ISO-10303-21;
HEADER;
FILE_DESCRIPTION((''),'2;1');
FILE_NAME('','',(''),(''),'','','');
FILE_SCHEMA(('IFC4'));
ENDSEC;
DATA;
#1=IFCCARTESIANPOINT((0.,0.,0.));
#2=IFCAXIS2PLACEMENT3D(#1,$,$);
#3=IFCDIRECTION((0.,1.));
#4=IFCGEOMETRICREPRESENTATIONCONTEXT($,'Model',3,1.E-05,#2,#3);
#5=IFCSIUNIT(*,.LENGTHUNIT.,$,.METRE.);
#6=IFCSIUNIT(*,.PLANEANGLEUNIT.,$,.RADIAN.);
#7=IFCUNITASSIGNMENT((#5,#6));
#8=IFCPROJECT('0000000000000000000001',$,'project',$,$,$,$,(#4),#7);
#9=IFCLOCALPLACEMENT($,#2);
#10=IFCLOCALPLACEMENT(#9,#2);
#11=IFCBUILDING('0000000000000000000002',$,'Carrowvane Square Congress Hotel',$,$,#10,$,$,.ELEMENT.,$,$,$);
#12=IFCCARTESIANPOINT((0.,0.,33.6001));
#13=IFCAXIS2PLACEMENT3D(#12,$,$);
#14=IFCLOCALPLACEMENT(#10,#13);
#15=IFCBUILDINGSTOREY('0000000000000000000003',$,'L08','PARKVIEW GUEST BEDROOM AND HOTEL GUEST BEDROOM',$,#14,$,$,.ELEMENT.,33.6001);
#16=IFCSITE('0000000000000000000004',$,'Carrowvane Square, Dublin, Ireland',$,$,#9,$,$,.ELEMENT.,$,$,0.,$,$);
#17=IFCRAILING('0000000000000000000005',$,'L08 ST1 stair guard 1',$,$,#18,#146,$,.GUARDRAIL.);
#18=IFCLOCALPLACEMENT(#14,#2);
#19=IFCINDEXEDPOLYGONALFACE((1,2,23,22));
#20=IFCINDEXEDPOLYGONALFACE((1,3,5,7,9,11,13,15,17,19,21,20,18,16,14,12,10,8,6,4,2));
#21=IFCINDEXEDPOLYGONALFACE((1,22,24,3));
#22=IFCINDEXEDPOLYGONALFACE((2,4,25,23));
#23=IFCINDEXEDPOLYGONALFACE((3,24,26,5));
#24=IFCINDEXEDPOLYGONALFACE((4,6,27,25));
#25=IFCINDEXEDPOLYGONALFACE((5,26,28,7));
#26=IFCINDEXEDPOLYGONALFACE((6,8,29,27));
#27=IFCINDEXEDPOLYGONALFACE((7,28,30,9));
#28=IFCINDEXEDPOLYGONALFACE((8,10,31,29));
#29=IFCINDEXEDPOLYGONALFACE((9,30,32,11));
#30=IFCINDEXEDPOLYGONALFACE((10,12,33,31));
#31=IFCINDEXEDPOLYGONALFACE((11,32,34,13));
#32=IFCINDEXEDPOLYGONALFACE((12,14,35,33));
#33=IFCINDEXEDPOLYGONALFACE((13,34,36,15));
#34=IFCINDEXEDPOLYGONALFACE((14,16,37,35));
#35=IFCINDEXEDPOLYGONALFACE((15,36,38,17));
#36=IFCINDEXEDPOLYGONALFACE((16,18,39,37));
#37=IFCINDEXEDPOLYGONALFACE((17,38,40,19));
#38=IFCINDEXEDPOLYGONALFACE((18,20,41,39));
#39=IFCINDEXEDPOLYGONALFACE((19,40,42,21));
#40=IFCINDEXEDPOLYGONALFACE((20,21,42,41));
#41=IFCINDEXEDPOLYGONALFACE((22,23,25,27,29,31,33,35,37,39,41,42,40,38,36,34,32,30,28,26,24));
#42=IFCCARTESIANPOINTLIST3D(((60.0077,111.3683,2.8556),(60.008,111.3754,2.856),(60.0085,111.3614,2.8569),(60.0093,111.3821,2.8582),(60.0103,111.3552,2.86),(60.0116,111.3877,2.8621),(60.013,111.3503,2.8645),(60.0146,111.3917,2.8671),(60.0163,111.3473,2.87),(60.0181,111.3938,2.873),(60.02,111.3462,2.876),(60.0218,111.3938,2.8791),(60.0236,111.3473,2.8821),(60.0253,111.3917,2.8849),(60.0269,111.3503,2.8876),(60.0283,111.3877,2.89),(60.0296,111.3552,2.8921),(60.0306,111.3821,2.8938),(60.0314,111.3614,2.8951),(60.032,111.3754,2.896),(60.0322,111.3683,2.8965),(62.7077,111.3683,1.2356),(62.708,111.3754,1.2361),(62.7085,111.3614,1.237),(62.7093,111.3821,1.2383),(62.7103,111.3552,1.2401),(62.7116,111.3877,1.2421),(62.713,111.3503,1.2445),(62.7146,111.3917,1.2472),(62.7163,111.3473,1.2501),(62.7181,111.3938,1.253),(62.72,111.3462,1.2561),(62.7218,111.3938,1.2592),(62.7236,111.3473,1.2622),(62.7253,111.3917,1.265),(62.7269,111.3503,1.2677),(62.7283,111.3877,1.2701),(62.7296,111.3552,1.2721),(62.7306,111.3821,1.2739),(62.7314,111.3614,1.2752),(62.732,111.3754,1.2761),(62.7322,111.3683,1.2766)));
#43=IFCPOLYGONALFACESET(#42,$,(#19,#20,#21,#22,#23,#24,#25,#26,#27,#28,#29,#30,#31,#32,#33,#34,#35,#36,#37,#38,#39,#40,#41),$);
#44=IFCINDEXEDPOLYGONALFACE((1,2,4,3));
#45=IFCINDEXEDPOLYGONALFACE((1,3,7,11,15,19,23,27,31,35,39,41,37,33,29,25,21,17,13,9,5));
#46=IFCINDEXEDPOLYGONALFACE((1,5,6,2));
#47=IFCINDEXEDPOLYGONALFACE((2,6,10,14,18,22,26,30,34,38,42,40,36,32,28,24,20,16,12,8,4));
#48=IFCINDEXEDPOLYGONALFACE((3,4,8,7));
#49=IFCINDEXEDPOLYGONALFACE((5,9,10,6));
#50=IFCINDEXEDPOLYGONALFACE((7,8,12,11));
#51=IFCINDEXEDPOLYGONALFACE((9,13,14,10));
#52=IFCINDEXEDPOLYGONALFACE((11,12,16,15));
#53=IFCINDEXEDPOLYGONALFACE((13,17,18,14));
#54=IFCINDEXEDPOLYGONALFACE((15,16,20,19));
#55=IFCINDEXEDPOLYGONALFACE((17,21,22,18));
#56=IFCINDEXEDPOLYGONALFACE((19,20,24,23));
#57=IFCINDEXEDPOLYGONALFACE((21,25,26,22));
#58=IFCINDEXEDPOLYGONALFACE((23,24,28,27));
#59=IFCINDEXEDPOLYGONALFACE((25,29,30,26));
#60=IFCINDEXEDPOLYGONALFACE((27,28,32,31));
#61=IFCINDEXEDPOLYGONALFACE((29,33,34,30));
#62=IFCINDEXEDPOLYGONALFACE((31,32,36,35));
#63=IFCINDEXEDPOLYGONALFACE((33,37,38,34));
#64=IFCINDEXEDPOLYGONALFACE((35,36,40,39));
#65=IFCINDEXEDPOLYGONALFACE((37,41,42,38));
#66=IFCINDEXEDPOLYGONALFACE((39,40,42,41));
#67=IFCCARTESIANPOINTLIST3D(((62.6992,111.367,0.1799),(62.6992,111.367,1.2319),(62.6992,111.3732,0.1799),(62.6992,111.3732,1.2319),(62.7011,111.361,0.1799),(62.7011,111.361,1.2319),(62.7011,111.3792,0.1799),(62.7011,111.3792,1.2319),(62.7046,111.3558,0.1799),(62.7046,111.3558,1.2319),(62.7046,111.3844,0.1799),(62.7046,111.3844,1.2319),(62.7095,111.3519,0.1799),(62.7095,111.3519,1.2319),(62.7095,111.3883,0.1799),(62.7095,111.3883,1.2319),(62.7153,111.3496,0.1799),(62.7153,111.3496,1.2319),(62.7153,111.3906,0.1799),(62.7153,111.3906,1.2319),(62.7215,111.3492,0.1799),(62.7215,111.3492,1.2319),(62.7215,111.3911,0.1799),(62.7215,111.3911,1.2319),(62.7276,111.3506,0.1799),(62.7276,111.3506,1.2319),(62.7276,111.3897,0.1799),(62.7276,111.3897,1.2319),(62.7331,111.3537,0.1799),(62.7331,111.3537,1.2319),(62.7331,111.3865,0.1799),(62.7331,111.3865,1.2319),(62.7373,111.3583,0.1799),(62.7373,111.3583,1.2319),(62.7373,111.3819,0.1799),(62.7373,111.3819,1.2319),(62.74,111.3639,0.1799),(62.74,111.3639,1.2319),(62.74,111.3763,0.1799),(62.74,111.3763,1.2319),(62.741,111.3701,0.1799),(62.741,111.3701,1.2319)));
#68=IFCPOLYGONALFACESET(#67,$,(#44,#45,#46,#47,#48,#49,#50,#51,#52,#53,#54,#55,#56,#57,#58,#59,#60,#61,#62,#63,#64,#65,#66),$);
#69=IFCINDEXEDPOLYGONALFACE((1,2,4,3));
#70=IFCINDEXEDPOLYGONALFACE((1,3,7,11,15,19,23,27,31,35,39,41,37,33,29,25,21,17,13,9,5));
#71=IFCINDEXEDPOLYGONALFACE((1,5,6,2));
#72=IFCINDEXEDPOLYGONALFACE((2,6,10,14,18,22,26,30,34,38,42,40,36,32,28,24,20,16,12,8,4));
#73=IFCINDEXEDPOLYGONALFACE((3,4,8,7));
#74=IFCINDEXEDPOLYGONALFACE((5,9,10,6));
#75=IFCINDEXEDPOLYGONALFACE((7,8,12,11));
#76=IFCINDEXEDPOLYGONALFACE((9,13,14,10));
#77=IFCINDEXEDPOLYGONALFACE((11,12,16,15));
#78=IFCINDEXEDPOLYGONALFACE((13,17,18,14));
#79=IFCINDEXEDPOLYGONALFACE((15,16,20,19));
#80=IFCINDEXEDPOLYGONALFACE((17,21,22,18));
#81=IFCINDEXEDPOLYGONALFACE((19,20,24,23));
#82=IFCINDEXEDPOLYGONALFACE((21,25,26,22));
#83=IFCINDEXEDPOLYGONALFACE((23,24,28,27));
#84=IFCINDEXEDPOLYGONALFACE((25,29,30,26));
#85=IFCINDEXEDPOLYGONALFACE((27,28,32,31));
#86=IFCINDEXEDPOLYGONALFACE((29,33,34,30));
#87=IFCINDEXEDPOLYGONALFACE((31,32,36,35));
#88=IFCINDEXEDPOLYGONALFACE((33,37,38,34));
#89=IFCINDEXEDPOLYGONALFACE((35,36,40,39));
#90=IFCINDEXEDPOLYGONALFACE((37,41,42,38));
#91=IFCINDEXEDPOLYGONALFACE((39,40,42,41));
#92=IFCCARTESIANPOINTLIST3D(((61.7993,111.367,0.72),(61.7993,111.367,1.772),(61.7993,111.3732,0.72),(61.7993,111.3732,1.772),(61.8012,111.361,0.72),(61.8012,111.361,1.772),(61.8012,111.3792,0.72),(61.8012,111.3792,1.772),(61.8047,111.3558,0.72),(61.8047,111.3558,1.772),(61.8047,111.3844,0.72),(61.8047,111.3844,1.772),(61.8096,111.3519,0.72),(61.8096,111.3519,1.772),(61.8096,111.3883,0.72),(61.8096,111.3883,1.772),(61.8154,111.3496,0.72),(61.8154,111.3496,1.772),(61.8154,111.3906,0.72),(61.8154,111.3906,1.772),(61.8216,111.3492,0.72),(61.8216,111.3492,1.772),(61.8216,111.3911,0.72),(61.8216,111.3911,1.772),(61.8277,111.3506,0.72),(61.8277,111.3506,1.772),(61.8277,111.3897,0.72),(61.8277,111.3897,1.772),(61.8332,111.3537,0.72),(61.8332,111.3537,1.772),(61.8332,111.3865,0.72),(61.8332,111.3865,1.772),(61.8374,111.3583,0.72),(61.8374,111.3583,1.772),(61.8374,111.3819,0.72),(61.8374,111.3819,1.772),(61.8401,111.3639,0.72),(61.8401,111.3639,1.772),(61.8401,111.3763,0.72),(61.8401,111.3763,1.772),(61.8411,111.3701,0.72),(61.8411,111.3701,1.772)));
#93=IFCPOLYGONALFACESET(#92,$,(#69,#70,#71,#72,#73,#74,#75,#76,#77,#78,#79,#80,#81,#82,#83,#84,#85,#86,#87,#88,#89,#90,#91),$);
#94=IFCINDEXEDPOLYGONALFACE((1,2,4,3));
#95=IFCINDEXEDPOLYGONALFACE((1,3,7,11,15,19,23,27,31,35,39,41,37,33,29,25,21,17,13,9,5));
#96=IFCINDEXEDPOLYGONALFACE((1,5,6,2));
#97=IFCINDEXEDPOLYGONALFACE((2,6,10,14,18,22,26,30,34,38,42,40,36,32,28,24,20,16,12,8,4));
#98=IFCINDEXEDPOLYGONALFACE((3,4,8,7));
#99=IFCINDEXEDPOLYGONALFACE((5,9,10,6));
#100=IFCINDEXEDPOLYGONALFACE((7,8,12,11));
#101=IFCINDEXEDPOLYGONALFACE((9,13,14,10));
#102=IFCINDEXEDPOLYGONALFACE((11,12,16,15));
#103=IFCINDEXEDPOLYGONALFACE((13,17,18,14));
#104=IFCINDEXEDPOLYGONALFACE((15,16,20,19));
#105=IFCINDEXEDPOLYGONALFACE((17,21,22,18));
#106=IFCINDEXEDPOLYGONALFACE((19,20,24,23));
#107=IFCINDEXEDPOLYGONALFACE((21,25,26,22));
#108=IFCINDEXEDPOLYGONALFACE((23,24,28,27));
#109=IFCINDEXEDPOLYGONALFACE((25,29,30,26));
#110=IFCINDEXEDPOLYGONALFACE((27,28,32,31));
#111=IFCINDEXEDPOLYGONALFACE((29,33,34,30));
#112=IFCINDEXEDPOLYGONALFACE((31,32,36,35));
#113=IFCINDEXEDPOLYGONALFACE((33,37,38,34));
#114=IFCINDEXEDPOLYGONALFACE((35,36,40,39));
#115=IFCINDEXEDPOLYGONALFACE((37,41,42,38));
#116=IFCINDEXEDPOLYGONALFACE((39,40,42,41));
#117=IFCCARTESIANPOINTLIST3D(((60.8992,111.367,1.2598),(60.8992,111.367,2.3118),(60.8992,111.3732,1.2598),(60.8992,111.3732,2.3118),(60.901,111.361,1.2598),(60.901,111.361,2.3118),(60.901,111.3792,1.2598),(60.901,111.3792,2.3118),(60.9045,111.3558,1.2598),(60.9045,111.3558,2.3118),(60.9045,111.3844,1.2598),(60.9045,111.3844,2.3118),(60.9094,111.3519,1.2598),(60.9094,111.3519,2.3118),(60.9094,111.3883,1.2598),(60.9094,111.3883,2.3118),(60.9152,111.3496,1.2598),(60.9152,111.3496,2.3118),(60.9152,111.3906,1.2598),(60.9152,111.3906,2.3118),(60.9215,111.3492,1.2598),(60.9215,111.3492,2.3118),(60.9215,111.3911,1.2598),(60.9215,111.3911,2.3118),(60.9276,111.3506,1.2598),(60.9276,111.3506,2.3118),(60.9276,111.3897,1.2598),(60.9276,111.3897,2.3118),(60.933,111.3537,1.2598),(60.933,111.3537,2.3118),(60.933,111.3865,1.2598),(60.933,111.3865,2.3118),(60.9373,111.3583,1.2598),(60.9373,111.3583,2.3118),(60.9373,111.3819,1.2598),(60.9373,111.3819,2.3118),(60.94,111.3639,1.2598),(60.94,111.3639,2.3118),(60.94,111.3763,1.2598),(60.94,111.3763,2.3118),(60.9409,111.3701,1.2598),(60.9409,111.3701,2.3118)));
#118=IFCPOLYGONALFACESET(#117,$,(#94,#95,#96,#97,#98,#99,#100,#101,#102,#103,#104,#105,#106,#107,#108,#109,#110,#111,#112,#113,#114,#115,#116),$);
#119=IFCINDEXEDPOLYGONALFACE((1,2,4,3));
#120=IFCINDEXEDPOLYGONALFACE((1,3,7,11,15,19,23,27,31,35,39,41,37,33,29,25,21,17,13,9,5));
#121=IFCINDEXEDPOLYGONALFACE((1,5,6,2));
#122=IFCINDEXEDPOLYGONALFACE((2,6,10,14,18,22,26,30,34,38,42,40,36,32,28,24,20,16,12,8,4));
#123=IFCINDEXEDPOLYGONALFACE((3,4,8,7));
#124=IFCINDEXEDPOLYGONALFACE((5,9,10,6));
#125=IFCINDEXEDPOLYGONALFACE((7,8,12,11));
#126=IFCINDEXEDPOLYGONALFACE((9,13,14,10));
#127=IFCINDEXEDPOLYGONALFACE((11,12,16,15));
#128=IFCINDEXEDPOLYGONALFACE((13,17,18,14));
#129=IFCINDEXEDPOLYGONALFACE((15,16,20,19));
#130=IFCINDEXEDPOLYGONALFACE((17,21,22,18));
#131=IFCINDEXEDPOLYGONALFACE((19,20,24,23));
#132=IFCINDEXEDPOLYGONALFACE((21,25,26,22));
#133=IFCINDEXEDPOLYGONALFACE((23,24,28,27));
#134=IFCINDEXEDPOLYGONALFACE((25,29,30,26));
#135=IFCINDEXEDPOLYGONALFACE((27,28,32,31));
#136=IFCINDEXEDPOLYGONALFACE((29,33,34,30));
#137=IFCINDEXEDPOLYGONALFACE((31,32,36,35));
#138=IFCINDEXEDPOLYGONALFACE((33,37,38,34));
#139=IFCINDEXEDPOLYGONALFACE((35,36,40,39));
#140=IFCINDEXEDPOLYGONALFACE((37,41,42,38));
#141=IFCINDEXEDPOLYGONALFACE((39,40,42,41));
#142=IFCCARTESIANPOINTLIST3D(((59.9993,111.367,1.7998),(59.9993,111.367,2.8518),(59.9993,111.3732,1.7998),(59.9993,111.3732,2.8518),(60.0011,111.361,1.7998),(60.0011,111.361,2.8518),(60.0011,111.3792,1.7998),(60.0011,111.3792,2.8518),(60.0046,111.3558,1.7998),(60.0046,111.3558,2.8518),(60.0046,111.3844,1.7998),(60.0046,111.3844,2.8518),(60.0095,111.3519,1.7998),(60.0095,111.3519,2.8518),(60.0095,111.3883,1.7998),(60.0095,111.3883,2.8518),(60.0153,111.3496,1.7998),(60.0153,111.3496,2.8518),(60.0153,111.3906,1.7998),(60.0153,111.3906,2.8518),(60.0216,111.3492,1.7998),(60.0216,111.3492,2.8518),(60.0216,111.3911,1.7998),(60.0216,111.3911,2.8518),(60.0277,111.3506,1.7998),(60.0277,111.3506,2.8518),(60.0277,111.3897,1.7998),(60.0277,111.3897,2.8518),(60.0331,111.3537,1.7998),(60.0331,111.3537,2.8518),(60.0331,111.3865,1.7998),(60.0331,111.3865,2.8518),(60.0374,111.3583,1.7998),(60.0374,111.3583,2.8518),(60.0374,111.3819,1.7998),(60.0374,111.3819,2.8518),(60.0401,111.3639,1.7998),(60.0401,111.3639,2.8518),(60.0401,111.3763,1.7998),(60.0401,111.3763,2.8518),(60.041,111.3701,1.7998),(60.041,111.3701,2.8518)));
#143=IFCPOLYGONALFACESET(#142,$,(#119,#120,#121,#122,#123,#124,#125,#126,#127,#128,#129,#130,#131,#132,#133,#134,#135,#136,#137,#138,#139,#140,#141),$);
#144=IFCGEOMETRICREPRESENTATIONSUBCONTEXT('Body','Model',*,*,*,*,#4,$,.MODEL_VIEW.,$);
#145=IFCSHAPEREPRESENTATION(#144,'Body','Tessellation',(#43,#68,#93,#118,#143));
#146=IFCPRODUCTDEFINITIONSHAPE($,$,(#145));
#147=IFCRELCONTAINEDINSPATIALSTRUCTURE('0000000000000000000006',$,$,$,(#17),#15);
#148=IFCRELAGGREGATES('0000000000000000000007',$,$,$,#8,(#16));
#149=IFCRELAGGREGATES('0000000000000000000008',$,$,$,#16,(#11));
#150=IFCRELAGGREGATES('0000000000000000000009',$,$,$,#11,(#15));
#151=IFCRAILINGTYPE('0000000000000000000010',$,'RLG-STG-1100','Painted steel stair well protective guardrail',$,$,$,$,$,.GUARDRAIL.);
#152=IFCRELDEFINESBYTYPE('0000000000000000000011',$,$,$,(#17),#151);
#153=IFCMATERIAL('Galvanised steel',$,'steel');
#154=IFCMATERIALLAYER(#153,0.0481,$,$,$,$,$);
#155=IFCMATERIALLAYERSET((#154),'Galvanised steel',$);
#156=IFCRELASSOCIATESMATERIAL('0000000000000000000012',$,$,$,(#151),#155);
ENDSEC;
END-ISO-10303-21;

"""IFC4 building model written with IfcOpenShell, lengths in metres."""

from ifc_helpers import new_model, si_unit, direction, frame, origin, origin_2d, place, context, subcontext, project, spatial, circle, extrude, material, layer, layer_set, type_object, element, save


model = new_model("IFC4")

# Units and contexts
model_context = context("Model", 3, precision=1e-05, world=origin(), true_north=direction((0.0, 1.0)))
body_context = subcontext(model_context, "Body", "Model", "MODEL_VIEW")
ifc_project = project(units=[si_unit("LENGTHUNIT", "METRE"), si_unit("PLANEANGLEUNIT", "RADIAN")], contexts=[model_context])

# Site, building, storey
site_placement = place(None, origin())
site = spatial("IfcSite", under=ifc_project, at=site_placement, Name="Carrowvane Square, Dublin, Ireland", CompositionType="ELEMENT", RefElevation=0.0)
building_placement = place(site_placement, origin())
building = spatial("IfcBuilding", under=site, at=building_placement, Name="Carrowvane Square Congress Hotel", CompositionType="ELEMENT")
storey_placement = place(building_placement, frame((0.0, 0.0, 33.6001)))
storey = spatial("IfcBuildingStorey", under=building, at=storey_placement, Name="L08", Description="PARKVIEW GUEST BEDROOM AND HOTEL GUEST BEDROOM", CompositionType="ELEMENT", Elevation=33.6001)

# Railing
ifc_material_1 = material(Name="Galvanised steel", Category="steel")
ifc_layer_1 = layer(ifc_material_1, 0.0481)
ifc_layer_set_1 = layer_set([ifc_layer_1], Name="Galvanised steel")
railing_type_1 = type_object("IfcRailingType", Name="RLG-STG-1100", Description="Painted steel stair well protective guardrail", PredefinedType="GUARDRAIL", material=ifc_layer_set_1)
railing_1_placement = place(storey_placement, frame((62.72, 111.3701, 0.1799)))
element("IfcRailing", 1, at=railing_1_placement, inside=storey, type_object=railing_type_1, Name="L08 ST1 stair guard 1", PredefinedType="GUARDRAIL", context=body_context, shape_type="SweptSolid", body=[
    extrude(circle(Radius=0.0239, at=origin_2d()), frame((0.0, 0.0, 1.0762), z_axis=(-0.857507, 0.0, 0.514473), x_axis=(0.0, -1.0, 0.0)), (0.0, 0.0, 1.0), 3.1487),
    extrude(circle(Radius=0.021, at=origin_2d()), origin(), (0.0, 0.0, 1.0), 1.052),
    extrude(circle(Radius=0.021, at=origin_2d()), frame((-0.8999, 0.0, 0.54)), (0.0, 0.0, 1.0), 1.052),
    extrude(circle(Radius=0.021, at=origin_2d()), frame((-1.8, 0.0, 1.0798)), (0.0, 0.0, 1.0), 1.052),
    extrude(circle(Radius=0.021, at=origin_2d()), frame((-2.7, 0.0, 1.6199)), (0.0, 0.0, 1.0), 1.052),
])

save(model, "model.ifc")
